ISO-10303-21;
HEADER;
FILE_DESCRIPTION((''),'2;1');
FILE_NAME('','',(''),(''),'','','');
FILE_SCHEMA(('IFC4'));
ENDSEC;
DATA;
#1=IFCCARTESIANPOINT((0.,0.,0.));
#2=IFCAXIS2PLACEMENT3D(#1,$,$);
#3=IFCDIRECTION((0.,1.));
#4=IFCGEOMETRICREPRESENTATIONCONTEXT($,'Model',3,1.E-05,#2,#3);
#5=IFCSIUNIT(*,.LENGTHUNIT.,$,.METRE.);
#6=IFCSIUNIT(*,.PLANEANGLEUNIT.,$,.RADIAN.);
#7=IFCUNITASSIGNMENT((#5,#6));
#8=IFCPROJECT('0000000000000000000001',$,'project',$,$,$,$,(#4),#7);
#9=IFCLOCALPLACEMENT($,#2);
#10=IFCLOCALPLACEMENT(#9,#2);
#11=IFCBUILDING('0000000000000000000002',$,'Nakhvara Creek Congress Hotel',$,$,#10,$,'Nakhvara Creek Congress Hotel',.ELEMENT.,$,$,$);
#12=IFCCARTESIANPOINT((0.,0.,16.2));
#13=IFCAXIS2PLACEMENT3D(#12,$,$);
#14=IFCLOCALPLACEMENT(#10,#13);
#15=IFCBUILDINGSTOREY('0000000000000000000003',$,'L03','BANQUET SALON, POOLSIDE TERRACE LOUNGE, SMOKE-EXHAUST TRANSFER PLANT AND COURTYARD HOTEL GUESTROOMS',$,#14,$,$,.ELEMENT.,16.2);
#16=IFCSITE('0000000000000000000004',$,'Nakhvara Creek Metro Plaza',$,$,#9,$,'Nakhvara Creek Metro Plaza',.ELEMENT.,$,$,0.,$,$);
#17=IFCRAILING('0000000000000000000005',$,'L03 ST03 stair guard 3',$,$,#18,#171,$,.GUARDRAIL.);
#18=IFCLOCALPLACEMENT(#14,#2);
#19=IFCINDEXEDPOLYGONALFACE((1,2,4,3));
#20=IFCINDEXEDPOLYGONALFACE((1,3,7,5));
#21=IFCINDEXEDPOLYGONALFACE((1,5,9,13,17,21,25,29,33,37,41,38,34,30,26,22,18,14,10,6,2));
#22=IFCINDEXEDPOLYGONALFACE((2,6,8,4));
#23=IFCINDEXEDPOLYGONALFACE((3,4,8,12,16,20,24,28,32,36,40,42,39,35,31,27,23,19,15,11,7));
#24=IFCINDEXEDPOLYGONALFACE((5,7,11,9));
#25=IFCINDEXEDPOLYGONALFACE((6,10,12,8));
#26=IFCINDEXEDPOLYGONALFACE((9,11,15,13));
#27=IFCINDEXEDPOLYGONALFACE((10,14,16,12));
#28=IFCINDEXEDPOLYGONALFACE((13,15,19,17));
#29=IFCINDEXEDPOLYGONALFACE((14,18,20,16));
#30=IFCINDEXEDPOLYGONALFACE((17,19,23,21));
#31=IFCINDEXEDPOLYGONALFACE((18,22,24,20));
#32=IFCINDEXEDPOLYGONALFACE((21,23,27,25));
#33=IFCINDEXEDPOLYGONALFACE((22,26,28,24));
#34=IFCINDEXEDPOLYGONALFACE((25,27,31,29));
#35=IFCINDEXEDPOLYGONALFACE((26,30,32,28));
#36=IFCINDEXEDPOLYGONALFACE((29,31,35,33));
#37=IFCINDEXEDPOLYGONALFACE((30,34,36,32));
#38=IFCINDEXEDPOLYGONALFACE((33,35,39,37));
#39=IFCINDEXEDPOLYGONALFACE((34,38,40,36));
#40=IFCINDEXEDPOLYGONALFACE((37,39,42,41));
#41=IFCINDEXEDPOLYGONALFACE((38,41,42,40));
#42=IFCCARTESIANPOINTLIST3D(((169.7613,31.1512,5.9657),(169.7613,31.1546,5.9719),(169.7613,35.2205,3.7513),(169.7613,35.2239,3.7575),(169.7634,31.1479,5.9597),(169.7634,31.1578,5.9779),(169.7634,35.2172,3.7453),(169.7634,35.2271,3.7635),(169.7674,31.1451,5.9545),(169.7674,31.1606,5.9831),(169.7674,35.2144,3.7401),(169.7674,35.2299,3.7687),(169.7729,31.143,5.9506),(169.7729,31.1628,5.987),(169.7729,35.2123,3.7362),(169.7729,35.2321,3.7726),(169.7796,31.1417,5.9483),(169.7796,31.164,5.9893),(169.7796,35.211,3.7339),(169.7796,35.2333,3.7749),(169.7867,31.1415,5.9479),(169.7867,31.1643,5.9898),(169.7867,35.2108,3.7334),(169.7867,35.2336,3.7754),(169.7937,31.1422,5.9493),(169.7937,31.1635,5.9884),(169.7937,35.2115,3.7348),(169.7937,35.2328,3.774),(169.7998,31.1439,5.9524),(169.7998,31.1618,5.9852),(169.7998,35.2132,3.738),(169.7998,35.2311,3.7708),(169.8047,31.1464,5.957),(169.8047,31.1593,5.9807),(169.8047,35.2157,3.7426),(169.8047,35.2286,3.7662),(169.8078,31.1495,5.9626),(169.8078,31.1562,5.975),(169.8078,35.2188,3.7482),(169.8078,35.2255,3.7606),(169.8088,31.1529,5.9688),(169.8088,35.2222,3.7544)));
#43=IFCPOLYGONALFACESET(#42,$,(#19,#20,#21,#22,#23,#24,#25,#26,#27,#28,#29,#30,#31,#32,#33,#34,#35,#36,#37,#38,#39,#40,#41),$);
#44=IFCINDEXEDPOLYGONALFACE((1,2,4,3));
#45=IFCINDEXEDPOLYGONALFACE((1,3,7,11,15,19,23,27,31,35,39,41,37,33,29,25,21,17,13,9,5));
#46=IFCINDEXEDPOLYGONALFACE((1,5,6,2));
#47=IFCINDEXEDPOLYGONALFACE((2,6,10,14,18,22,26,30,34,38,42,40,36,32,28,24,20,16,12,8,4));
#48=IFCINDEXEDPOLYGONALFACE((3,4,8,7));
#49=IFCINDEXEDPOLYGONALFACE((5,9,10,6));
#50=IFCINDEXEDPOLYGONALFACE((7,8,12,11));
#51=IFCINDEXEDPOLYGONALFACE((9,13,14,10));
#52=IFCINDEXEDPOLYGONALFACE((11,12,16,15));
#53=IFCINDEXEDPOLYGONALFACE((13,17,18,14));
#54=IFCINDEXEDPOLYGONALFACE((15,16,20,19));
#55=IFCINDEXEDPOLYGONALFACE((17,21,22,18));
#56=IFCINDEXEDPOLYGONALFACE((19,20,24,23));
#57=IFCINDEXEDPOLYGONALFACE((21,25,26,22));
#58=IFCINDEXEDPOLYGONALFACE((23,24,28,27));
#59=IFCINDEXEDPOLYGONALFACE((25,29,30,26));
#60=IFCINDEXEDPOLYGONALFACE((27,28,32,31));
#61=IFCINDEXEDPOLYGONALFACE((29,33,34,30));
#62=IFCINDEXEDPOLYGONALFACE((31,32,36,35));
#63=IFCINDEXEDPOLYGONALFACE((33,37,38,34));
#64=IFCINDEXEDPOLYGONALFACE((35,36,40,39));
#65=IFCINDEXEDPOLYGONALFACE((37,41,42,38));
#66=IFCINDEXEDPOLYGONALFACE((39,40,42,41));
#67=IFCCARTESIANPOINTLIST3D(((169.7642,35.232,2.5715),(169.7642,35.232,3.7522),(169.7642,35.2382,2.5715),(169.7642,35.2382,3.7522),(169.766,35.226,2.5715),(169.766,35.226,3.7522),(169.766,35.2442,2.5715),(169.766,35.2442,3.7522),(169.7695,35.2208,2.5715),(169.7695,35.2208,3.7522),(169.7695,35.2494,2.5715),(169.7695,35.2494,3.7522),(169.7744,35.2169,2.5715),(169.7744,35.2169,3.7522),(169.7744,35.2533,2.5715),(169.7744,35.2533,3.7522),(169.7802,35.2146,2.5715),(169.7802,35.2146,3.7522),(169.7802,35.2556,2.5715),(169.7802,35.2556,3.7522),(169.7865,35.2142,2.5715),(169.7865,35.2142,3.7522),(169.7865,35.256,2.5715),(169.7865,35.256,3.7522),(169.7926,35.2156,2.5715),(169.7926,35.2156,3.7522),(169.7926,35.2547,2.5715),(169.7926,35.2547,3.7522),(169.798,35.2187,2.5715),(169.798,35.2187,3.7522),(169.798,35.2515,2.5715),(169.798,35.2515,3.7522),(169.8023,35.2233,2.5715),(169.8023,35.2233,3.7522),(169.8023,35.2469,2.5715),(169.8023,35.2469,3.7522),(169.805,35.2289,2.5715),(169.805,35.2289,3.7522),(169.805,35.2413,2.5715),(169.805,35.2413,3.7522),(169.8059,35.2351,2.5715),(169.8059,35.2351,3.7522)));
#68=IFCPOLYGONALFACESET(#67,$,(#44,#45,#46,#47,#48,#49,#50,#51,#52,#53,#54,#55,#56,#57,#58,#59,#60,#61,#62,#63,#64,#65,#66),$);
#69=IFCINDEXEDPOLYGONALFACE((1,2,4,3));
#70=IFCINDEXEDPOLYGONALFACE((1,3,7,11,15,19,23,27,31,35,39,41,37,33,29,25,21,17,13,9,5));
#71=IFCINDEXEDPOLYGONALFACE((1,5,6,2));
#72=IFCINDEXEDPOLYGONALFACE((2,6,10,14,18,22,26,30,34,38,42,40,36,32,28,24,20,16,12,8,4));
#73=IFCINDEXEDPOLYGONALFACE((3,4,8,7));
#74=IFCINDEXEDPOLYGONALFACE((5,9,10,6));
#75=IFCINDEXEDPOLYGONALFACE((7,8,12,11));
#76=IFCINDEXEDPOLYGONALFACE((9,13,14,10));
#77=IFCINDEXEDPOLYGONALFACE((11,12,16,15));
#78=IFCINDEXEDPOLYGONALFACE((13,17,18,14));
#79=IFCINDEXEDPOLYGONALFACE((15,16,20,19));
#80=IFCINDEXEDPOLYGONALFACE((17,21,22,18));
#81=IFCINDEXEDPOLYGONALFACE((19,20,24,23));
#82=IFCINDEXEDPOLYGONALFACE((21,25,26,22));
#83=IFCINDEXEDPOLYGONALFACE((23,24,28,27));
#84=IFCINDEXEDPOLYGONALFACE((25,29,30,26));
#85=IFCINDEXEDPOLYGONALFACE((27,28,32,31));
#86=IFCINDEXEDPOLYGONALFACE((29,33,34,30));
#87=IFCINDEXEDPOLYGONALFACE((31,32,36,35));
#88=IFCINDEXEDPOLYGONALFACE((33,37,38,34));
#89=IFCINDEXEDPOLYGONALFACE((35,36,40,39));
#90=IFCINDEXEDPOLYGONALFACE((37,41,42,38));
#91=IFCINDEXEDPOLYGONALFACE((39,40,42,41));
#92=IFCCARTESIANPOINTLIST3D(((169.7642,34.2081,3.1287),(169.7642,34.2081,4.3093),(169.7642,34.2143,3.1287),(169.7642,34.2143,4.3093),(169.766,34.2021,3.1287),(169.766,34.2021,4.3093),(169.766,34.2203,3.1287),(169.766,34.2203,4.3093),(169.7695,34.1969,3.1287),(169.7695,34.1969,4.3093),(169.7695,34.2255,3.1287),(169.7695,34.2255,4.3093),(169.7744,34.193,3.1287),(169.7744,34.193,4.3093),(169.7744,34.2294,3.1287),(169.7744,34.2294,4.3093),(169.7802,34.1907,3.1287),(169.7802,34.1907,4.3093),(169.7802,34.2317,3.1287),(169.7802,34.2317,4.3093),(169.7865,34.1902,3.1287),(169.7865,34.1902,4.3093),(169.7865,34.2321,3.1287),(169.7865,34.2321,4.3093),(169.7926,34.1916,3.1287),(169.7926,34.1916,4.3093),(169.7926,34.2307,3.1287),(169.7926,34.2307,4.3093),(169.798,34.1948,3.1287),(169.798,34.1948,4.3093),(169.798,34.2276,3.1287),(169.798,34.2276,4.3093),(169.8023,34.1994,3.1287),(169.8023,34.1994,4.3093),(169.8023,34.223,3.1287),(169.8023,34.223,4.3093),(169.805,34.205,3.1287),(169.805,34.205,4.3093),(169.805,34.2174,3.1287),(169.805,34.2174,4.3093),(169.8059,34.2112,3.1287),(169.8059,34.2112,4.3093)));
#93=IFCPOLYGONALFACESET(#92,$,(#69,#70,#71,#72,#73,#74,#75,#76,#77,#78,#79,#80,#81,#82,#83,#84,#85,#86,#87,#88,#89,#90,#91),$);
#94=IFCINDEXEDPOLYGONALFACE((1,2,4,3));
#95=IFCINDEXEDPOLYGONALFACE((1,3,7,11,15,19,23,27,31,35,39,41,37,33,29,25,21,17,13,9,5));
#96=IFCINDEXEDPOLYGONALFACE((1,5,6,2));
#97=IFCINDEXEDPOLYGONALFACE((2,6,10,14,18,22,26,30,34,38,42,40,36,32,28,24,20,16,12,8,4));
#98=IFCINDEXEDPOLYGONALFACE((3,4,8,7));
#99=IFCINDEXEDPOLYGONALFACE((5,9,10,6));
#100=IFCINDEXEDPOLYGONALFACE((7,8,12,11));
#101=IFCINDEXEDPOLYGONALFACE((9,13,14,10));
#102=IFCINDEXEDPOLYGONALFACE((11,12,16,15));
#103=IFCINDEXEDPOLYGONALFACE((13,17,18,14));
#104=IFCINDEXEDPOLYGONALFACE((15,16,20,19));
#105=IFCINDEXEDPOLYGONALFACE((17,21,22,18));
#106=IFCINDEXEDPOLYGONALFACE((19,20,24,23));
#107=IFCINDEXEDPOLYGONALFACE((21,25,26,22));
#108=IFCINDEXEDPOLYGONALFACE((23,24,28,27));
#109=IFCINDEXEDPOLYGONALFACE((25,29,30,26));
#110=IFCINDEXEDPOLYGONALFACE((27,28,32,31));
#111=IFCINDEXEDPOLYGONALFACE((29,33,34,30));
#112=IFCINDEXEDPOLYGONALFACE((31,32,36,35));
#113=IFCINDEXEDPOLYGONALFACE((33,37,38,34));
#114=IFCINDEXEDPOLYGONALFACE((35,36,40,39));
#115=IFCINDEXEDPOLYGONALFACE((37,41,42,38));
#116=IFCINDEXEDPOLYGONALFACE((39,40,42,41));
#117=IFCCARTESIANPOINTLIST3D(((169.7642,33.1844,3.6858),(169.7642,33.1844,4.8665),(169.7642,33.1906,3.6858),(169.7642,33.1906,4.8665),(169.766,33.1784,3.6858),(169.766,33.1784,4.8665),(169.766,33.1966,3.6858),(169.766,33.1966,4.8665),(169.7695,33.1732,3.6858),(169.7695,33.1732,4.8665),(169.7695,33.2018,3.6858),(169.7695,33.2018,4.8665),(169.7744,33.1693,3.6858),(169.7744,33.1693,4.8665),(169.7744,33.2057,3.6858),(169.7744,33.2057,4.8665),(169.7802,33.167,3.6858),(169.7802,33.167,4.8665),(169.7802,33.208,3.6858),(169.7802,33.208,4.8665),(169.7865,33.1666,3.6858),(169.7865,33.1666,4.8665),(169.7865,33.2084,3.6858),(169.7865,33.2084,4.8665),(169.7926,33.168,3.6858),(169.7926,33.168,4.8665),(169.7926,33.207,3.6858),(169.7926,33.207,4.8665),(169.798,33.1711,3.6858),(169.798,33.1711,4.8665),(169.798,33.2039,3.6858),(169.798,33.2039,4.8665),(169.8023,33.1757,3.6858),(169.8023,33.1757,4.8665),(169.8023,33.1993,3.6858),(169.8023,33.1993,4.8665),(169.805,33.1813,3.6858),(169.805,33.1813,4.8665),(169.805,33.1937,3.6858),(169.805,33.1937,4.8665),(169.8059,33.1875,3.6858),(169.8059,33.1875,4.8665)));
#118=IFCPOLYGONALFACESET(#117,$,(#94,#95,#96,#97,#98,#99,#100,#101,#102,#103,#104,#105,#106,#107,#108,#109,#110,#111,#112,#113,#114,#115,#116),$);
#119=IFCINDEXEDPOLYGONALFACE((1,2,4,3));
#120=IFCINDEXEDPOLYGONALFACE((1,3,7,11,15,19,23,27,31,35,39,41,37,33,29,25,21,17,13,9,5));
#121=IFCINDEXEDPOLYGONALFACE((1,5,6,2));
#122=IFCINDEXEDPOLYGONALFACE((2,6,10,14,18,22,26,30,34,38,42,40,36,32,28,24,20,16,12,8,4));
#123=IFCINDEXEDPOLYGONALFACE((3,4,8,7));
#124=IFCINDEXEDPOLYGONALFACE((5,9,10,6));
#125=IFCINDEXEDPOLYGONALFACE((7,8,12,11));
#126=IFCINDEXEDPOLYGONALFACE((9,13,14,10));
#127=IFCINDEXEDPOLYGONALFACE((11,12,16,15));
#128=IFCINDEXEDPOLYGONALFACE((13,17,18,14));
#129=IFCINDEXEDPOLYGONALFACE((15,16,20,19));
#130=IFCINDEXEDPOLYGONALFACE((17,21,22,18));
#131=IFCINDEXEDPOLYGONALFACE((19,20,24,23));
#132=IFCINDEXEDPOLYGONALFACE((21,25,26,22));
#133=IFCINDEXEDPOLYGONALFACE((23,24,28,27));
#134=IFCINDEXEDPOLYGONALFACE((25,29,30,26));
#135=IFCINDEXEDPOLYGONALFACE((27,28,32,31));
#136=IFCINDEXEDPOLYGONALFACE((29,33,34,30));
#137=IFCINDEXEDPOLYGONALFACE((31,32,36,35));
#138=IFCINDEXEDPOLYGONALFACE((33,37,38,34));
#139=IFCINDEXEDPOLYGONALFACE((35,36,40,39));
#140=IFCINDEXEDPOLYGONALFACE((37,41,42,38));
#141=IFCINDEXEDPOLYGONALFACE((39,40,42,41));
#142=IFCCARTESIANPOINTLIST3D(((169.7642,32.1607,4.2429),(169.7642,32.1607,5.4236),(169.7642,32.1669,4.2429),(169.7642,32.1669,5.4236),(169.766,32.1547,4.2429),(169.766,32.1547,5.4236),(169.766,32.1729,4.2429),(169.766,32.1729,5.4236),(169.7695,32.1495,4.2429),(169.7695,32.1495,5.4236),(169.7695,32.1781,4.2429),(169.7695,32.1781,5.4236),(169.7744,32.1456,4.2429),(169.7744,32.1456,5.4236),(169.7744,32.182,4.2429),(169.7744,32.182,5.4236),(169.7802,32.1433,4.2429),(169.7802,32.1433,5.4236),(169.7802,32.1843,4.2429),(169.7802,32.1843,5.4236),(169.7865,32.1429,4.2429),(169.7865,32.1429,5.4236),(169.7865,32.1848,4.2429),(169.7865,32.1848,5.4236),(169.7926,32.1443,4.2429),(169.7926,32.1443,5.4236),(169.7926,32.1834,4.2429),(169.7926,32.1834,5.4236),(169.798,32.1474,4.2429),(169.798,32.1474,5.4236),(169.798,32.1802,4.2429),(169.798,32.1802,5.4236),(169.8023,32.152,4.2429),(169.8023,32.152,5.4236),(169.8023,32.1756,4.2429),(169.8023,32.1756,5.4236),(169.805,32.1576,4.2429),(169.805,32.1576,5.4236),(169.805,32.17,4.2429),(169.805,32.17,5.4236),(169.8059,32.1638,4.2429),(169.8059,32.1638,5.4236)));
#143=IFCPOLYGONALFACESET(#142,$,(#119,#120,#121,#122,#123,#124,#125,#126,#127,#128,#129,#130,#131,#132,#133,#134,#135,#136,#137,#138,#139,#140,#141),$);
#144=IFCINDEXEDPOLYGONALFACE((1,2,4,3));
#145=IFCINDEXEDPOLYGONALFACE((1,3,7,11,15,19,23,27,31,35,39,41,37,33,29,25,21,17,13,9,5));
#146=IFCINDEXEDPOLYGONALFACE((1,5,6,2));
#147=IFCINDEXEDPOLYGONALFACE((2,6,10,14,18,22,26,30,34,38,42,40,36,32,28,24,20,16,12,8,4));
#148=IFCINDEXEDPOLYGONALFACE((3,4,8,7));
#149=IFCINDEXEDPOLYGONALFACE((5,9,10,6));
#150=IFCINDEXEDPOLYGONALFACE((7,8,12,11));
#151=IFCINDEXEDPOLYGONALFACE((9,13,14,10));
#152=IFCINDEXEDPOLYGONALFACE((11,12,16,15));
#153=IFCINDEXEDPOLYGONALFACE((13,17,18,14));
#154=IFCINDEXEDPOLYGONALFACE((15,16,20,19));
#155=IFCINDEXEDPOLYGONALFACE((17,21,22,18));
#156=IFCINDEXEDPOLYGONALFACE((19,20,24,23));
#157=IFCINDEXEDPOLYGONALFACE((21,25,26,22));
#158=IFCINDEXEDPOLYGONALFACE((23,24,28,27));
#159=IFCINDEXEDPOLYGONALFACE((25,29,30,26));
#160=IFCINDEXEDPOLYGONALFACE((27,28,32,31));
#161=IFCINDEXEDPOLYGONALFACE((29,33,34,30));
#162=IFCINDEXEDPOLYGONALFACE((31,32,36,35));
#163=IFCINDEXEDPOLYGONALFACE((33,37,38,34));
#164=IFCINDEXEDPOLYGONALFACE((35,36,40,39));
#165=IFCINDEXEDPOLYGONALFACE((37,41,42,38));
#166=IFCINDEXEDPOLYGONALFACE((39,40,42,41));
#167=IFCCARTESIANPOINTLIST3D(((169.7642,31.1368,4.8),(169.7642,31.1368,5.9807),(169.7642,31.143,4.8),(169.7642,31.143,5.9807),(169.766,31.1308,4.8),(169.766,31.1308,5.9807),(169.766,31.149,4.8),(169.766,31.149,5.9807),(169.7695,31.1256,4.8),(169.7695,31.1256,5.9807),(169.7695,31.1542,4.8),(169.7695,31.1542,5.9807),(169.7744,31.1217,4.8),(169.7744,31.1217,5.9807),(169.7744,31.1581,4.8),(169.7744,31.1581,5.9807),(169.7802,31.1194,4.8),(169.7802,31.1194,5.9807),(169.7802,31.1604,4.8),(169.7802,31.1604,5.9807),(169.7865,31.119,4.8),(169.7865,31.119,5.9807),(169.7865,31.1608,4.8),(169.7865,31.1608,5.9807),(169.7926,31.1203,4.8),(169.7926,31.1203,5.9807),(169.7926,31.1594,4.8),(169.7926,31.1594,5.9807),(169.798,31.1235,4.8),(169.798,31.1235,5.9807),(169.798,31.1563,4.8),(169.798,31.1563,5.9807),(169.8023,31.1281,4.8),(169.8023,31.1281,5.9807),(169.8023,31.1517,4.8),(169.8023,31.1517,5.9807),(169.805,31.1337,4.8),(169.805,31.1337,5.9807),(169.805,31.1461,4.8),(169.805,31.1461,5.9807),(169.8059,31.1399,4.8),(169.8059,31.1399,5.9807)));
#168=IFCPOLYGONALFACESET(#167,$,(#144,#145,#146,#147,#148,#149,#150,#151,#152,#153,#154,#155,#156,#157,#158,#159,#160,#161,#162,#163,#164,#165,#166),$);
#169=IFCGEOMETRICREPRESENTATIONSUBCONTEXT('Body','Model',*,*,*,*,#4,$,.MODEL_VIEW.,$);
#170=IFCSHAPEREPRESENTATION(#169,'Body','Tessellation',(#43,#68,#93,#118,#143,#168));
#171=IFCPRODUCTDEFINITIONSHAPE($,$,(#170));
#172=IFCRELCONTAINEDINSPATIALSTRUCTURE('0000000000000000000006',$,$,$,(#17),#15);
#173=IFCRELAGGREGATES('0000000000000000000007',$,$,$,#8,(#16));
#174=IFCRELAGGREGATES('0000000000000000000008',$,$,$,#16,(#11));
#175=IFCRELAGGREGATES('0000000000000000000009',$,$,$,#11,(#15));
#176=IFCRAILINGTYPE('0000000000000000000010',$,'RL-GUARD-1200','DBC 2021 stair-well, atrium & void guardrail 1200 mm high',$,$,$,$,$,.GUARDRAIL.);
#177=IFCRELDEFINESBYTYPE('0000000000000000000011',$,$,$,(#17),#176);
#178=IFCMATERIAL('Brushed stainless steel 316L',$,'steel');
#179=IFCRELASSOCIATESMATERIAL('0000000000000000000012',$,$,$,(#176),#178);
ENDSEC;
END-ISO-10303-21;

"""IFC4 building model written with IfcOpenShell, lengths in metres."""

from ifc_helpers import new_model, si_unit, direction, frame, origin, origin_2d, place, context, subcontext, project, spatial, circle, extrude, material, type_object, element, save


model = new_model("IFC4")

# Units and contexts
model_context = context("Model", 3, precision=1e-05, world=origin(), true_north=direction((0.0, 1.0)))
body_context = subcontext(model_context, "Body", "Model", "MODEL_VIEW")
ifc_project = project(units=[si_unit("LENGTHUNIT", "METRE"), si_unit("PLANEANGLEUNIT", "RADIAN")], contexts=[model_context])

# Site, building, storey
site_placement = place(None, origin())
site = spatial("IfcSite", under=ifc_project, at=site_placement, Name="Nakhvara Creek Metro Plaza", LongName="Nakhvara Creek Metro Plaza", CompositionType="ELEMENT", RefElevation=0.0)
building_placement = place(site_placement, origin())
building = spatial("IfcBuilding", under=site, at=building_placement, Name="Nakhvara Creek Congress Hotel", LongName="Nakhvara Creek Congress Hotel", CompositionType="ELEMENT")
storey_placement = place(building_placement, frame((0.0, 0.0, 16.2)))
storey = spatial("IfcBuildingStorey", under=building, at=storey_placement, Name="L03", Description="BANQUET SALON, POOLSIDE TERRACE LOUNGE, SMOKE-EXHAUST TRANSFER PLANT AND COURTYARD HOTEL GUESTROOMS", CompositionType="ELEMENT", Elevation=16.2)

# Railing
ifc_material_1 = material(Name="Brushed stainless steel 316L", Category="steel")
railing_type_1 = type_object("IfcRailingType", Name="RL-GUARD-1200", Description="DBC 2021 stair-well, atrium & void guardrail 1200 mm high", PredefinedType="GUARDRAIL", material=ifc_material_1)
railing_1_placement = place(storey_placement, frame((169.7849, 35.2351, 2.5715)))
element("IfcRailing", 1, at=railing_1_placement, inside=storey, type_object=railing_type_1, Name="L03 ST03 stair guard 3", PredefinedType="GUARDRAIL", context=body_context, shape_type="SweptSolid", body=[
    extrude(circle(Radius=0.0239, at=origin_2d()), frame((0.0, -0.0129, 1.1829), z_axis=(0.0, -0.878367, 0.477986), x_axis=(1.0, 0.0, 0.0)), (0.0, 0.0, 1.0), 4.6328),
    extrude(circle(Radius=0.021, at=origin_2d()), origin(), (0.0, 0.0, 1.0), 1.1807),
    extrude(circle(Radius=0.021, at=origin_2d()), frame((0.0, -1.0239, 0.5571)), (0.0, 0.0, 1.0), 1.1807),
    extrude(circle(Radius=0.021, at=origin_2d()), frame((0.0, -2.0476, 1.1143)), (0.0, 0.0, 1.0), 1.1807),
    extrude(circle(Radius=0.021, at=origin_2d()), frame((0.0, -3.0713, 1.6714)), (0.0, 0.0, 1.0), 1.1807),
    extrude(circle(Radius=0.021, at=origin_2d()), frame((0.0, -4.0952, 2.2285)), (0.0, 0.0, 1.0), 1.1807),
])

save(model, "model.ifc")
